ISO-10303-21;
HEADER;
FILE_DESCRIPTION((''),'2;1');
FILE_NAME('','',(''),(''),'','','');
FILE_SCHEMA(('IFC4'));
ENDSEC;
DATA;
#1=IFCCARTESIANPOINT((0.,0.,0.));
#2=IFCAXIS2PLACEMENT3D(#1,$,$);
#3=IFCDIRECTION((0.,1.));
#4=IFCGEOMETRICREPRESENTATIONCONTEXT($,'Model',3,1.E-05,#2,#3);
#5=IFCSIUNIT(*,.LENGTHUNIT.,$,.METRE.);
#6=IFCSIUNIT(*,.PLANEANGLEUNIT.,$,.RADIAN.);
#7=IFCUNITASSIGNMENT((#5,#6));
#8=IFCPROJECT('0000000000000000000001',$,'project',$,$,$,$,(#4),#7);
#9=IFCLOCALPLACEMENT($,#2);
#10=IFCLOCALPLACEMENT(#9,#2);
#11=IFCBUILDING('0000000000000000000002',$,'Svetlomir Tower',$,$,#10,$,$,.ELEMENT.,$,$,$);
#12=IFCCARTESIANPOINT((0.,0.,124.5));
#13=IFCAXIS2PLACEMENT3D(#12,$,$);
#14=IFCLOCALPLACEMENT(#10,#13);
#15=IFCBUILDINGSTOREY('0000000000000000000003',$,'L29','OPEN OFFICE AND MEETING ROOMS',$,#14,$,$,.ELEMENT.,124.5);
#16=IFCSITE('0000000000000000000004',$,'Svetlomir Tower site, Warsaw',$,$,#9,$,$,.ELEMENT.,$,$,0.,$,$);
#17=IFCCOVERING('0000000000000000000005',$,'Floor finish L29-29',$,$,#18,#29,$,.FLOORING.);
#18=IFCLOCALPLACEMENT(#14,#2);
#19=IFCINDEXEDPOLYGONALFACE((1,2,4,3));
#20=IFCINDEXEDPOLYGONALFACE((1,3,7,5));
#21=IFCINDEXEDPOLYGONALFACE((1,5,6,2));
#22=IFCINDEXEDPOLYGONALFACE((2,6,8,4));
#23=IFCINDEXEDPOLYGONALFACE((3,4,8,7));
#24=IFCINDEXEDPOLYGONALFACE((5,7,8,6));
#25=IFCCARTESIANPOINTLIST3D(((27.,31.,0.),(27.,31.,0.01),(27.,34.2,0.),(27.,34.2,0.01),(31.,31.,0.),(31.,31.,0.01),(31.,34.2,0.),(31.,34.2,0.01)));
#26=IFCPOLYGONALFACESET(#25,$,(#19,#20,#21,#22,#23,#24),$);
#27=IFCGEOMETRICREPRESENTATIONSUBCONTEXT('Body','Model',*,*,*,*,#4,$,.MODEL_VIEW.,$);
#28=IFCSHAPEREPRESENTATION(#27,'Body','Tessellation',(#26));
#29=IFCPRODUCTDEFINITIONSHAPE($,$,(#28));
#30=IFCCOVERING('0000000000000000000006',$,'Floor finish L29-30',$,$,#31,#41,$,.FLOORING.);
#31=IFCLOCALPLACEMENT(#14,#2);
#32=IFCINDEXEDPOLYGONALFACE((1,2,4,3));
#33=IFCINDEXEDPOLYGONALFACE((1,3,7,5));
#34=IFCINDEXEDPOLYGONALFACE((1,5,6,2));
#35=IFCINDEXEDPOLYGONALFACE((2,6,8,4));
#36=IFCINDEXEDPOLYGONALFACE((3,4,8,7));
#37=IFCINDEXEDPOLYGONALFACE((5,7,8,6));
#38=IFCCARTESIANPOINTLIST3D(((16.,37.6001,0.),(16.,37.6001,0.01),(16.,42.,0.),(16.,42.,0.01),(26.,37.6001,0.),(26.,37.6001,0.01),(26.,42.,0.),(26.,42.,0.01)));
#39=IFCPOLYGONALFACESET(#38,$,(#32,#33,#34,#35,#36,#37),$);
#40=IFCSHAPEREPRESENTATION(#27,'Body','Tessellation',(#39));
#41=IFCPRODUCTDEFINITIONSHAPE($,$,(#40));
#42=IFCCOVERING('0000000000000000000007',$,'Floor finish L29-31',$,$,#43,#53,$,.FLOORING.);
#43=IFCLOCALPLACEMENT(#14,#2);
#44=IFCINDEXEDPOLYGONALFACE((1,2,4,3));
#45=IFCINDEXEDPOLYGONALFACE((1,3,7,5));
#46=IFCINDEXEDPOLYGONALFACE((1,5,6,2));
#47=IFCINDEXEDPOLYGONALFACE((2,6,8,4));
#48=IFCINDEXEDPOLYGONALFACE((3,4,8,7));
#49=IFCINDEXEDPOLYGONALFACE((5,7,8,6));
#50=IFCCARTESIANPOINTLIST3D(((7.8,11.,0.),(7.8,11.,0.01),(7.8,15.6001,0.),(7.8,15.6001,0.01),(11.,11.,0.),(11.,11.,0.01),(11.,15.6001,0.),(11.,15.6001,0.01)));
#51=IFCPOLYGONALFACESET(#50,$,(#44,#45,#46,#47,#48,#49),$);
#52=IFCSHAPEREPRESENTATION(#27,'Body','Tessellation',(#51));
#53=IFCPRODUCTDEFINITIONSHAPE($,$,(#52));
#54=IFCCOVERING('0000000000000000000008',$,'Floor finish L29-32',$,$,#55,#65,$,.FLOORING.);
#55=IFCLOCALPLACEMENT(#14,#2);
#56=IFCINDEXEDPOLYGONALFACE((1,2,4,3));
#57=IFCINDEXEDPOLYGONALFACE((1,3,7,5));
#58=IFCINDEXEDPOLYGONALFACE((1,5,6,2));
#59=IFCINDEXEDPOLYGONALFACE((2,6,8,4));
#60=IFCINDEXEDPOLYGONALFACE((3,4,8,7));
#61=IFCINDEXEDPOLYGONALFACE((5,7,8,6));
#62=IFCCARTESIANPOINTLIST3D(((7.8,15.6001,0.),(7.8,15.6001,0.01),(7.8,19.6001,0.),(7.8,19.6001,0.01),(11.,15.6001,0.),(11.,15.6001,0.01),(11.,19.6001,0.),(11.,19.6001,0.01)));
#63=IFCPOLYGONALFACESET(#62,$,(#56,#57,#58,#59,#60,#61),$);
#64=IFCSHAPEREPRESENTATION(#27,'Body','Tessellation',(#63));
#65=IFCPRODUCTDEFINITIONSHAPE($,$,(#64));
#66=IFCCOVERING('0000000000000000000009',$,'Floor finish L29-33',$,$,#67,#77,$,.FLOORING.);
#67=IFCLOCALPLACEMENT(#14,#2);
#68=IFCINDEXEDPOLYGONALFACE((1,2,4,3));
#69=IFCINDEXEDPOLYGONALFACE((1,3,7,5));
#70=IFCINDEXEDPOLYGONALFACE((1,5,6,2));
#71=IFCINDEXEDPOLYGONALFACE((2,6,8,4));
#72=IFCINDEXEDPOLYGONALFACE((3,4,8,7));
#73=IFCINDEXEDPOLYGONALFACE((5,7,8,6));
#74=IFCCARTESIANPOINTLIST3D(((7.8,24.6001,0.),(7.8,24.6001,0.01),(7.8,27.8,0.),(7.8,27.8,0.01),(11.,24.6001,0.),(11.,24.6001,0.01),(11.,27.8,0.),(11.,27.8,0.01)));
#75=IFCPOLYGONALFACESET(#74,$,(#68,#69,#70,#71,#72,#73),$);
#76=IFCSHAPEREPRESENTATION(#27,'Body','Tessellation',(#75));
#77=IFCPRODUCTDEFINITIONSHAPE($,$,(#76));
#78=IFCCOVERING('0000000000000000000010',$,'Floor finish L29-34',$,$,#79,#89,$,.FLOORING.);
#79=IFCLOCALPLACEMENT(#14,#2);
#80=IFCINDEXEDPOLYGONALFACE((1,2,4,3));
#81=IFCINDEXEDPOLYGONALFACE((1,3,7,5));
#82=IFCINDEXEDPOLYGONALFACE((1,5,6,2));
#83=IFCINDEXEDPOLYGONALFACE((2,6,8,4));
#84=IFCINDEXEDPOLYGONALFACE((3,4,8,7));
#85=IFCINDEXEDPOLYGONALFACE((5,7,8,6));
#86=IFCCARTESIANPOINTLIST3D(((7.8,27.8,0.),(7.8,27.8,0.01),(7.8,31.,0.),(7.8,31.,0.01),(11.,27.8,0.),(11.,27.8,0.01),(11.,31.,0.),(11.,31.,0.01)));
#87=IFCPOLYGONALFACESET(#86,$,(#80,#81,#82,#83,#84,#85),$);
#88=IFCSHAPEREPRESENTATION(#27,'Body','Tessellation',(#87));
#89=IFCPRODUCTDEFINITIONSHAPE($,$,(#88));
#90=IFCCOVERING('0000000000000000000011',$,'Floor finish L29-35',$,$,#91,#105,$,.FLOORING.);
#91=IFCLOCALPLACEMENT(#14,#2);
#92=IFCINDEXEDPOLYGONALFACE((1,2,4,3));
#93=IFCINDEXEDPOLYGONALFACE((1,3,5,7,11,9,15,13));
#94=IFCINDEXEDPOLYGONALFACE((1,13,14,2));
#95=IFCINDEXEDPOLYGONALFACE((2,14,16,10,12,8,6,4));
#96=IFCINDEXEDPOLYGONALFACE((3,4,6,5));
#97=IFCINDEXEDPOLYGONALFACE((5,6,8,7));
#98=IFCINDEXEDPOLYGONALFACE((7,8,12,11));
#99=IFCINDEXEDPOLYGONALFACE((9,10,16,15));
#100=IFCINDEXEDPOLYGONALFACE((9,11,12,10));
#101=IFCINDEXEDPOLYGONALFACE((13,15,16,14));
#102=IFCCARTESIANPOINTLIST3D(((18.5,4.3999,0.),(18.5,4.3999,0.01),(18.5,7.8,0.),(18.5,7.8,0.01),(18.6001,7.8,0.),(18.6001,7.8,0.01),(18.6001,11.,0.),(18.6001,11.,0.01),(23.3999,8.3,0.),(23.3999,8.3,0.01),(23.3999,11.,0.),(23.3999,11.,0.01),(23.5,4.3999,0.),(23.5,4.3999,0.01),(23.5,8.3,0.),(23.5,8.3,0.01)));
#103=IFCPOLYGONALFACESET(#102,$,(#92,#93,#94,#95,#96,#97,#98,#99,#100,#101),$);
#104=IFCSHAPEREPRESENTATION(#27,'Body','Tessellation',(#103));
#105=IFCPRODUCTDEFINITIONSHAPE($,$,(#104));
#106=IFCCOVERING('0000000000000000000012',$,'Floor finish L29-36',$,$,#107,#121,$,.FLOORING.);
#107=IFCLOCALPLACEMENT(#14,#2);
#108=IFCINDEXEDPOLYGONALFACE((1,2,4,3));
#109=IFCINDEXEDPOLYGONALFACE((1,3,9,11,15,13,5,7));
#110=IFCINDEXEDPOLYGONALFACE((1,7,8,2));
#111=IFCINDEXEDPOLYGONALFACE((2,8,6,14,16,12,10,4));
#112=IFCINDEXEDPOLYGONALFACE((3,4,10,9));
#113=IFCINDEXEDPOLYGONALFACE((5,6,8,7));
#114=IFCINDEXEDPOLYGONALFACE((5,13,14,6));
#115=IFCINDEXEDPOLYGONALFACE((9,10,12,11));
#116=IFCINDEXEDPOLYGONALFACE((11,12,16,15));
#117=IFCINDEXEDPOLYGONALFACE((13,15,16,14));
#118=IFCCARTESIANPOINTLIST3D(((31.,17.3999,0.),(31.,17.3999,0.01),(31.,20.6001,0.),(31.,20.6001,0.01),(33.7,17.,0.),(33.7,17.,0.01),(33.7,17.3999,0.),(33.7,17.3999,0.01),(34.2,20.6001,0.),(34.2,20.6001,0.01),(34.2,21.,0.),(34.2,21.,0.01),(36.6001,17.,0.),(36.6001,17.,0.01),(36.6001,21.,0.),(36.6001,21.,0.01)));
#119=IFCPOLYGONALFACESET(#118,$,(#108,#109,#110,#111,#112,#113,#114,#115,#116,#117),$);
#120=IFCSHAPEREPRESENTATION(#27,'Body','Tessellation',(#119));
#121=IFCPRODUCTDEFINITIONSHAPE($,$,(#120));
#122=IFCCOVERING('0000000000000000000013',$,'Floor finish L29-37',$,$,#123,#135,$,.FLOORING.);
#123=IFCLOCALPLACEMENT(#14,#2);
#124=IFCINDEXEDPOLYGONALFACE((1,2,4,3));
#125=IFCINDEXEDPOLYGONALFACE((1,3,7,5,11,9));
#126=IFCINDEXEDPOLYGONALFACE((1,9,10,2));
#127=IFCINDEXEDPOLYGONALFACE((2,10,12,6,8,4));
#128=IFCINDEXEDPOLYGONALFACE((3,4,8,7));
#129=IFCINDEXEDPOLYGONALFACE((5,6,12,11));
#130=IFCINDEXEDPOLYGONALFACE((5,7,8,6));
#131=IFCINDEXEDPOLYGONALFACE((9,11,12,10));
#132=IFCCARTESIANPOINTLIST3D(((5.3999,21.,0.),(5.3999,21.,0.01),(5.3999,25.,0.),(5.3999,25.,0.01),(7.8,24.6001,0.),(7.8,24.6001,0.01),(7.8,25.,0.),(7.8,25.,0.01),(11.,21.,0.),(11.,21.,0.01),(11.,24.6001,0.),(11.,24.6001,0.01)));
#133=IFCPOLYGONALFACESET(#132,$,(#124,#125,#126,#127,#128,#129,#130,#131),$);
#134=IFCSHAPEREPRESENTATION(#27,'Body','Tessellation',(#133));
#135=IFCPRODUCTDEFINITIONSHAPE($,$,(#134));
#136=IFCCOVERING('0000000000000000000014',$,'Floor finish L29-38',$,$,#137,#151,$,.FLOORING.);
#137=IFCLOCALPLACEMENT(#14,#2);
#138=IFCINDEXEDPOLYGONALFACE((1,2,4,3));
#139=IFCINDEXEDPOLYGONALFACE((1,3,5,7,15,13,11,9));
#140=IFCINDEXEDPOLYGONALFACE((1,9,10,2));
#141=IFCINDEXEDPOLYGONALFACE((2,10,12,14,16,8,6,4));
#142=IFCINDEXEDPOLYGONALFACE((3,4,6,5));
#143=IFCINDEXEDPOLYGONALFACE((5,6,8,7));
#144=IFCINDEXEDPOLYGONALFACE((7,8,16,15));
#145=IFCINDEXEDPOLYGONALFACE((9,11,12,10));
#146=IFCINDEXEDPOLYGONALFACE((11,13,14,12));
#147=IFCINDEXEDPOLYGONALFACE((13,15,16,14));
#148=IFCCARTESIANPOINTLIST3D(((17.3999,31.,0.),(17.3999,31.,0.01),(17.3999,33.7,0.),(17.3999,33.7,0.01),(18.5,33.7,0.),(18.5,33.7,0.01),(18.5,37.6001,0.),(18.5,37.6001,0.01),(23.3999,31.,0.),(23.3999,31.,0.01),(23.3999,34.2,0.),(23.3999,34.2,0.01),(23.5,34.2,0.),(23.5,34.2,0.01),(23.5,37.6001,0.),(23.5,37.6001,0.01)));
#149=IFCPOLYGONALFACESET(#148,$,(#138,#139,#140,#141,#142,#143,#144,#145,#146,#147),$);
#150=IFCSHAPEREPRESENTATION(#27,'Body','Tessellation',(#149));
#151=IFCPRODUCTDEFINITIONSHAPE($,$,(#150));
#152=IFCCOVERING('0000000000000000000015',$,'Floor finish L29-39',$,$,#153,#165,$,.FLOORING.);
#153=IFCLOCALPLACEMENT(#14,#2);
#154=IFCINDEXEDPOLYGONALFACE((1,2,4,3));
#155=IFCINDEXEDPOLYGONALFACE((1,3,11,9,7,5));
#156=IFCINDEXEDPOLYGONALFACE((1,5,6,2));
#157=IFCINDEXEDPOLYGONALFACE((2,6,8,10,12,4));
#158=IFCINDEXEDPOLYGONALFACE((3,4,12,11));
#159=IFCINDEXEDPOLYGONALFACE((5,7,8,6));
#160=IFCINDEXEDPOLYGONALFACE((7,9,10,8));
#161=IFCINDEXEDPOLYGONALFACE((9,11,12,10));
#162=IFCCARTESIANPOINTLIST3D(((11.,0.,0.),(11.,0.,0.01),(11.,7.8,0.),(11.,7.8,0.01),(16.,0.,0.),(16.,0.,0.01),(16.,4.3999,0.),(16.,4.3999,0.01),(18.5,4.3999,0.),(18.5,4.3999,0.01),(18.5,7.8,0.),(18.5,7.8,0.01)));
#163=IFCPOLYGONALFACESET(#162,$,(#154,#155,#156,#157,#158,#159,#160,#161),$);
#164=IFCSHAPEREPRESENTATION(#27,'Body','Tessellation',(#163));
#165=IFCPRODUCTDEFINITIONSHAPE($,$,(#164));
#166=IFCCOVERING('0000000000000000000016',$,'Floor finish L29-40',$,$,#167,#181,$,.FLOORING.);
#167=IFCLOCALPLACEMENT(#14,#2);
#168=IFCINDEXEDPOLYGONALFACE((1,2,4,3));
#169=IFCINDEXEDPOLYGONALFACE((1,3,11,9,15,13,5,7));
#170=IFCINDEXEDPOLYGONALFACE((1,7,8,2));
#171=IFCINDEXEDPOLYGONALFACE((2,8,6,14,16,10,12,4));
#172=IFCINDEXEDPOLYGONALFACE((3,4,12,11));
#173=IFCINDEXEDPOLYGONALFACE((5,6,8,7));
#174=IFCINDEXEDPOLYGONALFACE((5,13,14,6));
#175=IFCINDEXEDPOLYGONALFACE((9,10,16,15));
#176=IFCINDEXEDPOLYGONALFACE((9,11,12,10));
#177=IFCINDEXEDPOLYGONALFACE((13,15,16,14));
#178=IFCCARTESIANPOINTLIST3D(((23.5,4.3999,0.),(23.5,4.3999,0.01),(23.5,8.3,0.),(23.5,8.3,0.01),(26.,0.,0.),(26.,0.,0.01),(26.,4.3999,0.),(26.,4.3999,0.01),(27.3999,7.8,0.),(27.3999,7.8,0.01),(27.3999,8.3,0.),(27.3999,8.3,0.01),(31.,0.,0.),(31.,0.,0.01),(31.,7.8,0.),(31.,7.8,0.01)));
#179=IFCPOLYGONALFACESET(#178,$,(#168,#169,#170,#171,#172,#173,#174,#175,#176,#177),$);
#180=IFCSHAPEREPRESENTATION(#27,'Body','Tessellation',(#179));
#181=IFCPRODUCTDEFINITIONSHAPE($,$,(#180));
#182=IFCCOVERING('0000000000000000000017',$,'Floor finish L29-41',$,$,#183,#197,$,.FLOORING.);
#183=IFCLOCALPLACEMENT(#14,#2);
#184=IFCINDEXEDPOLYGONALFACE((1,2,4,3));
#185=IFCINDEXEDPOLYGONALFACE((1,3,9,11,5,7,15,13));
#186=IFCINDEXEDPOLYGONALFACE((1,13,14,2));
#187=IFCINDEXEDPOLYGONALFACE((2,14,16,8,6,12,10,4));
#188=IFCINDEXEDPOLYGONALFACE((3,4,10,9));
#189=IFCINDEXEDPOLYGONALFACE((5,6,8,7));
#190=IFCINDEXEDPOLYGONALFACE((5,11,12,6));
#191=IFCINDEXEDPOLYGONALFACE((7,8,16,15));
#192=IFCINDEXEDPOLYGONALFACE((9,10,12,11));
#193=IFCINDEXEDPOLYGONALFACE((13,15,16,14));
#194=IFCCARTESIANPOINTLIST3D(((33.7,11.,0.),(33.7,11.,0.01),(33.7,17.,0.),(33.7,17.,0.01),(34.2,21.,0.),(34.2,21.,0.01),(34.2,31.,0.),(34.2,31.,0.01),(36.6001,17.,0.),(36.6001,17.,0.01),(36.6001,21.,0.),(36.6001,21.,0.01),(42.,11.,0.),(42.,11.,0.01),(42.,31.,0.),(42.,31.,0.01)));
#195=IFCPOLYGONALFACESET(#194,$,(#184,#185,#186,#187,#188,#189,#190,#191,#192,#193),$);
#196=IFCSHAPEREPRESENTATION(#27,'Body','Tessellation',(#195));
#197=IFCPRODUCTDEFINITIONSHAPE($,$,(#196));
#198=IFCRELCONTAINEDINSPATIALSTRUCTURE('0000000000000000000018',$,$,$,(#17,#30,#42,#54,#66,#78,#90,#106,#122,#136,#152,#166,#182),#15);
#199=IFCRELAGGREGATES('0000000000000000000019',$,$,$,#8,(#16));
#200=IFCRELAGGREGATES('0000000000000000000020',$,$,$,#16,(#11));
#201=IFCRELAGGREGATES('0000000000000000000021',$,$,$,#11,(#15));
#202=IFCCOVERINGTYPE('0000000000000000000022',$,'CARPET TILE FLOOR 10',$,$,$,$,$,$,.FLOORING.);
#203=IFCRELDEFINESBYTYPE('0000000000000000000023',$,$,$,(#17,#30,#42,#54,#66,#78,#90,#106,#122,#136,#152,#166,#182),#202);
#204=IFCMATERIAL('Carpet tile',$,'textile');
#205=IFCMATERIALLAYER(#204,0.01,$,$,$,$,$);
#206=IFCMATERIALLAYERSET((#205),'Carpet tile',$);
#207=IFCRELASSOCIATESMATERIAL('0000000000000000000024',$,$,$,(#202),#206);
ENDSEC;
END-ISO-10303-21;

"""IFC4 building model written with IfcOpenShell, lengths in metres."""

from ifc_helpers import new_model, si_unit, direction, frame, origin, place, context, subcontext, project, spatial, polyline, outline, extrude, material, layer, layer_set, type_object, element, save


model = new_model("IFC4")

# Units and contexts
model_context = context("Model", 3, precision=1e-05, world=origin(), true_north=direction((0.0, 1.0)))
body_context = subcontext(model_context, "Body", "Model", "MODEL_VIEW")
ifc_project = project(units=[si_unit("LENGTHUNIT", "METRE"), si_unit("PLANEANGLEUNIT", "RADIAN")], contexts=[model_context])

# Site, building, storey
site_placement = place(None, origin())
site = spatial("IfcSite", under=ifc_project, at=site_placement, Name="Svetlomir Tower site, Warsaw", CompositionType="ELEMENT", RefElevation=0.0)
building_placement = place(site_placement, origin())
building = spatial("IfcBuilding", under=site, at=building_placement, Name="Svetlomir Tower", CompositionType="ELEMENT")
storey_placement = place(building_placement, frame((0.0, 0.0, 124.5)))
storey = spatial("IfcBuildingStorey", under=building, at=storey_placement, Name="L29", Description="OPEN OFFICE AND MEETING ROOMS", CompositionType="ELEMENT", Elevation=124.5)

# Coverings
ifc_material_1 = material(Name="Carpet tile", Category="textile")
ifc_layer_1 = layer(ifc_material_1, 0.01)
ifc_layer_set_1 = layer_set([ifc_layer_1], Name="Carpet tile")
covering_type_1 = type_object("IfcCoveringType", Name="CARPET TILE FLOOR 10", PredefinedType="FLOORING", material=ifc_layer_set_1)
covering_1_placement = place(storey_placement, origin())
element("IfcCovering", 1, at=covering_1_placement, inside=storey, type_object=covering_type_1, Name="Floor finish L29-29", PredefinedType="FLOORING", context=body_context, shape_type="SweptSolid", body=[
    extrude(outline(polyline([(27.0, 31.0), (31.0, 31.0), (31.0, 34.2), (27.0, 34.2), (27.0, 31.0)])), origin(), (0.0, 0.0, 1.0), 0.01),
])
covering_2_placement = place(storey_placement, origin())
element("IfcCovering", 2, at=covering_2_placement, inside=storey, type_object=covering_type_1, Name="Floor finish L29-30", PredefinedType="FLOORING", context=body_context, shape_type="SweptSolid", body=[
    extrude(outline(polyline([(16.0, 37.6001), (26.0, 37.6001), (26.0, 42.0), (16.0, 42.0), (16.0, 37.6001)])), origin(), (0.0, 0.0, 1.0), 0.01),
])
covering_3_placement = place(storey_placement, origin())
element("IfcCovering", 3, at=covering_3_placement, inside=storey, type_object=covering_type_1, Name="Floor finish L29-31", PredefinedType="FLOORING", context=body_context, shape_type="SweptSolid", body=[
    extrude(outline(polyline([(7.8, 11.0), (11.0, 11.0), (11.0, 15.6001), (7.8, 15.6001), (7.8, 11.0)])), origin(), (0.0, 0.0, 1.0), 0.01),
])
covering_4_placement = place(storey_placement, origin())
element("IfcCovering", 4, at=covering_4_placement, inside=storey, type_object=covering_type_1, Name="Floor finish L29-32", PredefinedType="FLOORING", context=body_context, shape_type="SweptSolid", body=[
    extrude(outline(polyline([(7.8, 15.6001), (11.0, 15.6001), (11.0, 19.6001), (7.8, 19.6001), (7.8, 15.6001)])), origin(), (0.0, 0.0, 1.0), 0.01),
])
covering_5_placement = place(storey_placement, origin())
element("IfcCovering", 5, at=covering_5_placement, inside=storey, type_object=covering_type_1, Name="Floor finish L29-33", PredefinedType="FLOORING", context=body_context, shape_type="SweptSolid", body=[
    extrude(outline(polyline([(7.8, 24.6001), (11.0, 24.6001), (11.0, 27.8), (7.8, 27.8), (7.8, 24.6001)])), origin(), (0.0, 0.0, 1.0), 0.01),
])
covering_6_placement = place(storey_placement, origin())
element("IfcCovering", 6, at=covering_6_placement, inside=storey, type_object=covering_type_1, Name="Floor finish L29-34", PredefinedType="FLOORING", context=body_context, shape_type="SweptSolid", body=[
    extrude(outline(polyline([(7.8, 27.8), (11.0, 27.8), (11.0, 31.0), (7.8, 31.0), (7.8, 27.8)])), origin(), (0.0, 0.0, 1.0), 0.01),
])
covering_7_placement = place(storey_placement, origin())
element("IfcCovering", 7, at=covering_7_placement, inside=storey, type_object=covering_type_1, Name="Floor finish L29-35", PredefinedType="FLOORING", context=body_context, shape_type="SweptSolid", body=[
    extrude(outline(polyline([(18.5, 4.3999), (18.5, 7.8), (18.6001, 7.8), (18.6001, 11.0), (23.3999, 11.0), (23.3999, 8.3), (23.5, 8.3), (23.5, 4.3999), (18.5, 4.3999)])), origin(), (0.0, 0.0, 1.0), 0.01),
])
covering_8_placement = place(storey_placement, origin())
element("IfcCovering", 8, at=covering_8_placement, inside=storey, type_object=covering_type_1, Name="Floor finish L29-36", PredefinedType="FLOORING", context=body_context, shape_type="SweptSolid", body=[
    extrude(outline(polyline([(34.2, 20.6001), (34.2, 21.0), (36.6001, 21.0), (36.6001, 17.0), (33.7, 17.0), (33.7, 17.3999), (31.0, 17.3999), (31.0, 20.6001), (34.2, 20.6001)])), origin(), (0.0, 0.0, 1.0), 0.01),
])
covering_9_placement = place(storey_placement, origin())
element("IfcCovering", 9, at=covering_9_placement, inside=storey, type_object=covering_type_1, Name="Floor finish L29-37", PredefinedType="FLOORING", context=body_context, shape_type="SweptSolid", body=[
    extrude(outline(polyline([(5.3999, 21.0), (5.3999, 25.0), (7.8, 25.0), (7.8, 24.6001), (11.0, 24.6001), (11.0, 21.0), (5.3999, 21.0)])), origin(), (0.0, 0.0, 1.0), 0.01),
])
covering_10_placement = place(storey_placement, origin())
element("IfcCovering", 10, at=covering_10_placement, inside=storey, type_object=covering_type_1, Name="Floor finish L29-38", PredefinedType="FLOORING", context=body_context, shape_type="SweptSolid", body=[
    extrude(outline(polyline([(18.5, 33.7), (18.5, 37.6001), (23.5, 37.6001), (23.5, 34.2), (23.3999, 34.2), (23.3999, 31.0), (17.3999, 31.0), (17.3999, 33.7), (18.5, 33.7)])), origin(), (0.0, 0.0, 1.0), 0.01),
])
covering_11_placement = place(storey_placement, origin())
element("IfcCovering", 11, at=covering_11_placement, inside=storey, type_object=covering_type_1, Name="Floor finish L29-39", PredefinedType="FLOORING", context=body_context, shape_type="SweptSolid", body=[
    extrude(outline(polyline([(18.5, 7.8), (18.5, 4.3999), (16.0, 4.3999), (16.0, 0.0), (11.0, 0.0), (11.0, 7.8), (18.5, 7.8)])), origin(), (0.0, 0.0, 1.0), 0.01),
])
covering_12_placement = place(storey_placement, origin())
element("IfcCovering", 12, at=covering_12_placement, inside=storey, type_object=covering_type_1, Name="Floor finish L29-40", PredefinedType="FLOORING", context=body_context, shape_type="SweptSolid", body=[
    extrude(outline(polyline([(27.3999, 7.8), (31.0, 7.8), (31.0, 0.0), (26.0, 0.0), (26.0, 4.3999), (23.5, 4.3999), (23.5, 8.3), (27.3999, 8.3), (27.3999, 7.8)])), origin(), (0.0, 0.0, 1.0), 0.01),
])
covering_13_placement = place(storey_placement, origin())
element("IfcCovering", 13, at=covering_13_placement, inside=storey, type_object=covering_type_1, Name="Floor finish L29-41", PredefinedType="FLOORING", context=body_context, shape_type="SweptSolid", body=[
    extrude(outline(polyline([(33.7, 11.0), (33.7, 17.0), (36.6001, 17.0), (36.6001, 21.0), (34.2, 21.0), (34.2, 31.0), (42.0, 31.0), (42.0, 11.0), (33.7, 11.0)])), origin(), (0.0, 0.0, 1.0), 0.01),
])

save(model, "model.ifc")
